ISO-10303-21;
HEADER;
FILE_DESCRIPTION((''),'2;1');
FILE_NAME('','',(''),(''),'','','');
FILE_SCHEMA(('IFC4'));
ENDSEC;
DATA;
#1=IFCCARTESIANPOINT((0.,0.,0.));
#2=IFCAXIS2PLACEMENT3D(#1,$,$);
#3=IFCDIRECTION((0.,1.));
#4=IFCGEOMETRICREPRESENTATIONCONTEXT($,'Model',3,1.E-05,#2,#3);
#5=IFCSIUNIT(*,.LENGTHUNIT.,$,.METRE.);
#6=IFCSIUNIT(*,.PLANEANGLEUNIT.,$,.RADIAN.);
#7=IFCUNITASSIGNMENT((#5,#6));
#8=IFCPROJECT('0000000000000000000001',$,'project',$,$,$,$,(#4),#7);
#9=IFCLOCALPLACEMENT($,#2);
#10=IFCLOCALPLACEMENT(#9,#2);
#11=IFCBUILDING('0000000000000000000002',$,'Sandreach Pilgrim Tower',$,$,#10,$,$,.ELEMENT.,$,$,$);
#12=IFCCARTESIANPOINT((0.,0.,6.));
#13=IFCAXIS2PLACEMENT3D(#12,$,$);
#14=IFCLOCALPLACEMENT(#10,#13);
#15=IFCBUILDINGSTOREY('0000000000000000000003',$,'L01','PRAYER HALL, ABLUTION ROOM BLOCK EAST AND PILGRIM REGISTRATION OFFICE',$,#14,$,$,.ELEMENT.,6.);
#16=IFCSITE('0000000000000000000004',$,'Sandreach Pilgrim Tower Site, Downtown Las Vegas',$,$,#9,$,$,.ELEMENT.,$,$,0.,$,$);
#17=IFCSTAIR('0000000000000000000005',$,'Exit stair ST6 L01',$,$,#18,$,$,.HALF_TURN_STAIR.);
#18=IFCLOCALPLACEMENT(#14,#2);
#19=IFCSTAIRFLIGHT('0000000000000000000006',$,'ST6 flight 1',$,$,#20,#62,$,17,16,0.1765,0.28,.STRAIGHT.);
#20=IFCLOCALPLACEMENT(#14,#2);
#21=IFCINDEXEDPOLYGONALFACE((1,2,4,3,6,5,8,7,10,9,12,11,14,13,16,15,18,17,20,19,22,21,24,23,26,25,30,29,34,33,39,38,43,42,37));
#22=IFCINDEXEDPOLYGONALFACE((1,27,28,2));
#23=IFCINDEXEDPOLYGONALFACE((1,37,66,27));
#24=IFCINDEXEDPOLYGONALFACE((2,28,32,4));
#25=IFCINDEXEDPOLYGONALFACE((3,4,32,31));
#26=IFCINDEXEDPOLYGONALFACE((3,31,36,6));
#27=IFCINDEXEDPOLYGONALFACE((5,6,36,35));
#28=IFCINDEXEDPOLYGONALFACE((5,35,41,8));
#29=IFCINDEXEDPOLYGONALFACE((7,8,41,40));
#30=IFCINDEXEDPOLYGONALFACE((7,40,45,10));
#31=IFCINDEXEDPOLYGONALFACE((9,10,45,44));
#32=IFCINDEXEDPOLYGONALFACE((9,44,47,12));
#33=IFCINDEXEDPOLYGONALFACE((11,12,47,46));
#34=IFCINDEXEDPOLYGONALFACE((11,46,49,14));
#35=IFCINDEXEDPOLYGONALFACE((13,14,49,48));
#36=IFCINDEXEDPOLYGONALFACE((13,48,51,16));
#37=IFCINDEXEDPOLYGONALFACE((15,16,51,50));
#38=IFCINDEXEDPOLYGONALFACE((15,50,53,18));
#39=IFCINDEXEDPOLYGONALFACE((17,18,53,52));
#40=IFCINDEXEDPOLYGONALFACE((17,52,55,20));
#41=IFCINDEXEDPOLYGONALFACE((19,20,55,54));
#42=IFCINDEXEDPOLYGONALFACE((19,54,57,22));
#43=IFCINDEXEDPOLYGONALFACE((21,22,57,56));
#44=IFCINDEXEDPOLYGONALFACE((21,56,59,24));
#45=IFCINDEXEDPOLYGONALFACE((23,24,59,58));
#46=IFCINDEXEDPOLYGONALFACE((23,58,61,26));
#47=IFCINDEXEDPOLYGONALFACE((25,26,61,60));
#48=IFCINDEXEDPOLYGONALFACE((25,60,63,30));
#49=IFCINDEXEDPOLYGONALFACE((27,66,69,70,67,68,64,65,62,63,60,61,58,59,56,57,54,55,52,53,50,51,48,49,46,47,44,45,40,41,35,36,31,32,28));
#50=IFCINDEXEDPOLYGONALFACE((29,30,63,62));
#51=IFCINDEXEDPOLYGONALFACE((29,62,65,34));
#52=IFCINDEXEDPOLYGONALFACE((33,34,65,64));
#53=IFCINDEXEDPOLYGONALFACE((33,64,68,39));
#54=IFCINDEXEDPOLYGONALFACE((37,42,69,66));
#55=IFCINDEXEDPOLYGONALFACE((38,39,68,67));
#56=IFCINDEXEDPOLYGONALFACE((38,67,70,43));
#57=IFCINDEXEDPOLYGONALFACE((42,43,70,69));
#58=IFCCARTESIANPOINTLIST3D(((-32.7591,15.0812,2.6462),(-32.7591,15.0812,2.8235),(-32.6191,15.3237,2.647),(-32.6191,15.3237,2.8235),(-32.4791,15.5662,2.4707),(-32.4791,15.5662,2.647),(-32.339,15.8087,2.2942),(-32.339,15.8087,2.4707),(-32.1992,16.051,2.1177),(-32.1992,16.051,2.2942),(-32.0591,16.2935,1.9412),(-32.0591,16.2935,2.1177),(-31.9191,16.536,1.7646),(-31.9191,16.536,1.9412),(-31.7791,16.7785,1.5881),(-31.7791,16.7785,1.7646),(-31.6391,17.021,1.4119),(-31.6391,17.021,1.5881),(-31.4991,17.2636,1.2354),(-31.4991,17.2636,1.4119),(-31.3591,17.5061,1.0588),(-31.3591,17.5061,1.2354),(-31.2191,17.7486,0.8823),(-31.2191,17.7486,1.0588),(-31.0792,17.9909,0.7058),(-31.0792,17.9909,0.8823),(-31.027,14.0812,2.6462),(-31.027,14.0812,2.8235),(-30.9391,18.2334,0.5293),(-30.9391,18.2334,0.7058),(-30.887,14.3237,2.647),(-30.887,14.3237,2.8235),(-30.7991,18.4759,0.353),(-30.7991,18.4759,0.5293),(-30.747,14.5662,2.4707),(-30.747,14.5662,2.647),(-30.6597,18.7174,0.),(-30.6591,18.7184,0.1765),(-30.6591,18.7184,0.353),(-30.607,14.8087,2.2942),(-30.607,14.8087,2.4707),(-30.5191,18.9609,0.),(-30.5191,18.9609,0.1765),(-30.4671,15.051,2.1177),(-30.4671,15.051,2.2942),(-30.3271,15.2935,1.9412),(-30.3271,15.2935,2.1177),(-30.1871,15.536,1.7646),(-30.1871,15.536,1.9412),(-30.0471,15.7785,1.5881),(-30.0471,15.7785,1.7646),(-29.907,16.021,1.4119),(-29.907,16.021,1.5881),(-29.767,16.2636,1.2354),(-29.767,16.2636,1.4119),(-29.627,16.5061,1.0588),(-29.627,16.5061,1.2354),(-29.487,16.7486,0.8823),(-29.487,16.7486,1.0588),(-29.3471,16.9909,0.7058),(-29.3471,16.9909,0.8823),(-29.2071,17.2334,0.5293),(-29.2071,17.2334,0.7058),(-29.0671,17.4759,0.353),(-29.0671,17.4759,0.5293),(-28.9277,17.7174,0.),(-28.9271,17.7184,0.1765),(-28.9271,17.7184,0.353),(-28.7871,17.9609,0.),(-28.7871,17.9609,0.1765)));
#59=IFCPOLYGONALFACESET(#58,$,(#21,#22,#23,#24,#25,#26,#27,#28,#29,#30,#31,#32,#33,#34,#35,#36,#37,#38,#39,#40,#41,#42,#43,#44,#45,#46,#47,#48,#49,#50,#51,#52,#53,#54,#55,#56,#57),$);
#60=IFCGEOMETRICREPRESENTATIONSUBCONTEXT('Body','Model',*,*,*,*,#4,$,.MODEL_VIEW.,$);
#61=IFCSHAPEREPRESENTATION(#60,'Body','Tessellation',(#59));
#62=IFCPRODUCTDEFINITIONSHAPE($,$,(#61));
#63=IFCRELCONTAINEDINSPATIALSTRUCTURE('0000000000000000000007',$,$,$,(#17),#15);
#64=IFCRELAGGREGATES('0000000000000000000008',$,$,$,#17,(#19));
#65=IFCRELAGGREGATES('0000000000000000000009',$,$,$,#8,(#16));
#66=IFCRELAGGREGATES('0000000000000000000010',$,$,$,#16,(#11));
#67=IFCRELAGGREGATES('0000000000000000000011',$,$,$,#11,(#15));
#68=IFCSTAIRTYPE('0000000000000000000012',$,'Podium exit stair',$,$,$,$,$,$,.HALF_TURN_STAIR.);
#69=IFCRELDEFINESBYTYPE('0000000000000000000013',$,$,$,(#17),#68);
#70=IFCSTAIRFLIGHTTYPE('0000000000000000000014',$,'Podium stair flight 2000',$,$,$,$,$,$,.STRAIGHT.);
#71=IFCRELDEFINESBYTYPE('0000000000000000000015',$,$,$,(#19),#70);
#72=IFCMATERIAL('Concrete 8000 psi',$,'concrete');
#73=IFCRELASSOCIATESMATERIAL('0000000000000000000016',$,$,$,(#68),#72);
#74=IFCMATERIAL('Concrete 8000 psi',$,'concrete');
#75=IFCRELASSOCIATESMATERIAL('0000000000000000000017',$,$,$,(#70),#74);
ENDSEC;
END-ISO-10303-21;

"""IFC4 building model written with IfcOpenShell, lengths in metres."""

from ifc_helpers import new_model, si_unit, direction, frame, origin, place, context, subcontext, project, spatial, polyline, outline, extrude, material, type_object, element, aggregate, save


model = new_model("IFC4")

# Units and contexts
model_context = context("Model", 3, precision=1e-05, world=origin(), true_north=direction((0.0, 1.0)))
body_context = subcontext(model_context, "Body", "Model", "MODEL_VIEW")
ifc_project = project(units=[si_unit("LENGTHUNIT", "METRE"), si_unit("PLANEANGLEUNIT", "RADIAN")], contexts=[model_context])

# Site, building, storey
site_placement = place(None, origin())
site = spatial("IfcSite", under=ifc_project, at=site_placement, Name="Sandreach Pilgrim Tower Site, Downtown Las Vegas", CompositionType="ELEMENT", RefElevation=0.0)
building_placement = place(site_placement, origin())
building = spatial("IfcBuilding", under=site, at=building_placement, Name="Sandreach Pilgrim Tower", CompositionType="ELEMENT")
storey_placement = place(building_placement, frame((0.0, 0.0, 6.0)))
storey = spatial("IfcBuildingStorey", under=building, at=storey_placement, Name="L01", Description="PRAYER HALL, ABLUTION ROOM BLOCK EAST AND PILGRIM REGISTRATION OFFICE", CompositionType="ELEMENT", Elevation=6.0)

# Stair, stair flight
ifc_material_1 = material(Name="Concrete 8000 psi", Category="concrete")
stair_type = type_object("IfcStairType", Name="Podium exit stair", PredefinedType="HALF_TURN_STAIR", material=ifc_material_1)
stair_placement = place(storey_placement, origin())
stair = element("IfcStair", 1, at=stair_placement, inside=storey, type_object=stair_type, Name="Exit stair ST6 L01", PredefinedType="HALF_TURN_STAIR")
ifc_material_2 = material(Name="Concrete 8000 psi", Category="concrete")
stair_flight_type = type_object("IfcStairFlightType", Name="Podium stair flight 2000", PredefinedType="STRAIGHT", material=ifc_material_2)
stair_flight_placement = place(storey_placement, frame((-29.6531, 18.4609, 0.0), z_axis=(0.0, 0.0, 1.0), x_axis=(-0.5, -0.866025, 0.0)))
stair_flight = element("IfcStairFlight", 2, at=stair_flight_placement, type_object=stair_flight_type, Name="ST6 flight 1", NumberOfRisers=17, NumberOfTreads=16, PredefinedType="STRAIGHT", RiserHeight=0.1765, TreadLength=0.28, context=body_context, shape_type="SweptSolid", body=[
    extrude(outline(polyline([(0.0, 0.0), (0.0, 0.1765), (0.28, 0.1765), (0.28, 0.353), (0.5601, 0.353), (0.5601, 0.5293), (0.8401, 0.5293), (0.8401, 0.7058), (1.1201, 0.7058), (1.1201, 0.8823), (1.3999, 0.8823), (1.3999, 1.0588), (1.6799, 1.0588), (1.6799, 1.2354), (1.96, 1.2354), (1.96, 1.4119), (2.24, 1.4119), (2.24, 1.5881), (2.52, 1.5881), (2.52, 1.7646), (2.8, 1.7646), (2.8, 1.9412), (3.0801, 1.9412), (3.0801, 2.1177), (3.3601, 2.1177), (3.3601, 2.2942), (3.6399, 2.2942), (3.6399, 2.4707), (3.9199, 2.4707), (3.9199, 2.647), (4.2, 2.647), (4.2, 2.8235), (4.48, 2.8235), (4.48, 3.0), (4.48, 2.6462), (0.2812, 0.0), (0.0, 0.0)])), frame((0.0, 1.0, 0.0), z_axis=(0.0, -1.0, 0.0), x_axis=(1.0, 0.0, 0.0)), (0.0, 0.0, 1.0), 2.0),
])
aggregate(stair, [stair_flight])

save(model, "model.ifc")
